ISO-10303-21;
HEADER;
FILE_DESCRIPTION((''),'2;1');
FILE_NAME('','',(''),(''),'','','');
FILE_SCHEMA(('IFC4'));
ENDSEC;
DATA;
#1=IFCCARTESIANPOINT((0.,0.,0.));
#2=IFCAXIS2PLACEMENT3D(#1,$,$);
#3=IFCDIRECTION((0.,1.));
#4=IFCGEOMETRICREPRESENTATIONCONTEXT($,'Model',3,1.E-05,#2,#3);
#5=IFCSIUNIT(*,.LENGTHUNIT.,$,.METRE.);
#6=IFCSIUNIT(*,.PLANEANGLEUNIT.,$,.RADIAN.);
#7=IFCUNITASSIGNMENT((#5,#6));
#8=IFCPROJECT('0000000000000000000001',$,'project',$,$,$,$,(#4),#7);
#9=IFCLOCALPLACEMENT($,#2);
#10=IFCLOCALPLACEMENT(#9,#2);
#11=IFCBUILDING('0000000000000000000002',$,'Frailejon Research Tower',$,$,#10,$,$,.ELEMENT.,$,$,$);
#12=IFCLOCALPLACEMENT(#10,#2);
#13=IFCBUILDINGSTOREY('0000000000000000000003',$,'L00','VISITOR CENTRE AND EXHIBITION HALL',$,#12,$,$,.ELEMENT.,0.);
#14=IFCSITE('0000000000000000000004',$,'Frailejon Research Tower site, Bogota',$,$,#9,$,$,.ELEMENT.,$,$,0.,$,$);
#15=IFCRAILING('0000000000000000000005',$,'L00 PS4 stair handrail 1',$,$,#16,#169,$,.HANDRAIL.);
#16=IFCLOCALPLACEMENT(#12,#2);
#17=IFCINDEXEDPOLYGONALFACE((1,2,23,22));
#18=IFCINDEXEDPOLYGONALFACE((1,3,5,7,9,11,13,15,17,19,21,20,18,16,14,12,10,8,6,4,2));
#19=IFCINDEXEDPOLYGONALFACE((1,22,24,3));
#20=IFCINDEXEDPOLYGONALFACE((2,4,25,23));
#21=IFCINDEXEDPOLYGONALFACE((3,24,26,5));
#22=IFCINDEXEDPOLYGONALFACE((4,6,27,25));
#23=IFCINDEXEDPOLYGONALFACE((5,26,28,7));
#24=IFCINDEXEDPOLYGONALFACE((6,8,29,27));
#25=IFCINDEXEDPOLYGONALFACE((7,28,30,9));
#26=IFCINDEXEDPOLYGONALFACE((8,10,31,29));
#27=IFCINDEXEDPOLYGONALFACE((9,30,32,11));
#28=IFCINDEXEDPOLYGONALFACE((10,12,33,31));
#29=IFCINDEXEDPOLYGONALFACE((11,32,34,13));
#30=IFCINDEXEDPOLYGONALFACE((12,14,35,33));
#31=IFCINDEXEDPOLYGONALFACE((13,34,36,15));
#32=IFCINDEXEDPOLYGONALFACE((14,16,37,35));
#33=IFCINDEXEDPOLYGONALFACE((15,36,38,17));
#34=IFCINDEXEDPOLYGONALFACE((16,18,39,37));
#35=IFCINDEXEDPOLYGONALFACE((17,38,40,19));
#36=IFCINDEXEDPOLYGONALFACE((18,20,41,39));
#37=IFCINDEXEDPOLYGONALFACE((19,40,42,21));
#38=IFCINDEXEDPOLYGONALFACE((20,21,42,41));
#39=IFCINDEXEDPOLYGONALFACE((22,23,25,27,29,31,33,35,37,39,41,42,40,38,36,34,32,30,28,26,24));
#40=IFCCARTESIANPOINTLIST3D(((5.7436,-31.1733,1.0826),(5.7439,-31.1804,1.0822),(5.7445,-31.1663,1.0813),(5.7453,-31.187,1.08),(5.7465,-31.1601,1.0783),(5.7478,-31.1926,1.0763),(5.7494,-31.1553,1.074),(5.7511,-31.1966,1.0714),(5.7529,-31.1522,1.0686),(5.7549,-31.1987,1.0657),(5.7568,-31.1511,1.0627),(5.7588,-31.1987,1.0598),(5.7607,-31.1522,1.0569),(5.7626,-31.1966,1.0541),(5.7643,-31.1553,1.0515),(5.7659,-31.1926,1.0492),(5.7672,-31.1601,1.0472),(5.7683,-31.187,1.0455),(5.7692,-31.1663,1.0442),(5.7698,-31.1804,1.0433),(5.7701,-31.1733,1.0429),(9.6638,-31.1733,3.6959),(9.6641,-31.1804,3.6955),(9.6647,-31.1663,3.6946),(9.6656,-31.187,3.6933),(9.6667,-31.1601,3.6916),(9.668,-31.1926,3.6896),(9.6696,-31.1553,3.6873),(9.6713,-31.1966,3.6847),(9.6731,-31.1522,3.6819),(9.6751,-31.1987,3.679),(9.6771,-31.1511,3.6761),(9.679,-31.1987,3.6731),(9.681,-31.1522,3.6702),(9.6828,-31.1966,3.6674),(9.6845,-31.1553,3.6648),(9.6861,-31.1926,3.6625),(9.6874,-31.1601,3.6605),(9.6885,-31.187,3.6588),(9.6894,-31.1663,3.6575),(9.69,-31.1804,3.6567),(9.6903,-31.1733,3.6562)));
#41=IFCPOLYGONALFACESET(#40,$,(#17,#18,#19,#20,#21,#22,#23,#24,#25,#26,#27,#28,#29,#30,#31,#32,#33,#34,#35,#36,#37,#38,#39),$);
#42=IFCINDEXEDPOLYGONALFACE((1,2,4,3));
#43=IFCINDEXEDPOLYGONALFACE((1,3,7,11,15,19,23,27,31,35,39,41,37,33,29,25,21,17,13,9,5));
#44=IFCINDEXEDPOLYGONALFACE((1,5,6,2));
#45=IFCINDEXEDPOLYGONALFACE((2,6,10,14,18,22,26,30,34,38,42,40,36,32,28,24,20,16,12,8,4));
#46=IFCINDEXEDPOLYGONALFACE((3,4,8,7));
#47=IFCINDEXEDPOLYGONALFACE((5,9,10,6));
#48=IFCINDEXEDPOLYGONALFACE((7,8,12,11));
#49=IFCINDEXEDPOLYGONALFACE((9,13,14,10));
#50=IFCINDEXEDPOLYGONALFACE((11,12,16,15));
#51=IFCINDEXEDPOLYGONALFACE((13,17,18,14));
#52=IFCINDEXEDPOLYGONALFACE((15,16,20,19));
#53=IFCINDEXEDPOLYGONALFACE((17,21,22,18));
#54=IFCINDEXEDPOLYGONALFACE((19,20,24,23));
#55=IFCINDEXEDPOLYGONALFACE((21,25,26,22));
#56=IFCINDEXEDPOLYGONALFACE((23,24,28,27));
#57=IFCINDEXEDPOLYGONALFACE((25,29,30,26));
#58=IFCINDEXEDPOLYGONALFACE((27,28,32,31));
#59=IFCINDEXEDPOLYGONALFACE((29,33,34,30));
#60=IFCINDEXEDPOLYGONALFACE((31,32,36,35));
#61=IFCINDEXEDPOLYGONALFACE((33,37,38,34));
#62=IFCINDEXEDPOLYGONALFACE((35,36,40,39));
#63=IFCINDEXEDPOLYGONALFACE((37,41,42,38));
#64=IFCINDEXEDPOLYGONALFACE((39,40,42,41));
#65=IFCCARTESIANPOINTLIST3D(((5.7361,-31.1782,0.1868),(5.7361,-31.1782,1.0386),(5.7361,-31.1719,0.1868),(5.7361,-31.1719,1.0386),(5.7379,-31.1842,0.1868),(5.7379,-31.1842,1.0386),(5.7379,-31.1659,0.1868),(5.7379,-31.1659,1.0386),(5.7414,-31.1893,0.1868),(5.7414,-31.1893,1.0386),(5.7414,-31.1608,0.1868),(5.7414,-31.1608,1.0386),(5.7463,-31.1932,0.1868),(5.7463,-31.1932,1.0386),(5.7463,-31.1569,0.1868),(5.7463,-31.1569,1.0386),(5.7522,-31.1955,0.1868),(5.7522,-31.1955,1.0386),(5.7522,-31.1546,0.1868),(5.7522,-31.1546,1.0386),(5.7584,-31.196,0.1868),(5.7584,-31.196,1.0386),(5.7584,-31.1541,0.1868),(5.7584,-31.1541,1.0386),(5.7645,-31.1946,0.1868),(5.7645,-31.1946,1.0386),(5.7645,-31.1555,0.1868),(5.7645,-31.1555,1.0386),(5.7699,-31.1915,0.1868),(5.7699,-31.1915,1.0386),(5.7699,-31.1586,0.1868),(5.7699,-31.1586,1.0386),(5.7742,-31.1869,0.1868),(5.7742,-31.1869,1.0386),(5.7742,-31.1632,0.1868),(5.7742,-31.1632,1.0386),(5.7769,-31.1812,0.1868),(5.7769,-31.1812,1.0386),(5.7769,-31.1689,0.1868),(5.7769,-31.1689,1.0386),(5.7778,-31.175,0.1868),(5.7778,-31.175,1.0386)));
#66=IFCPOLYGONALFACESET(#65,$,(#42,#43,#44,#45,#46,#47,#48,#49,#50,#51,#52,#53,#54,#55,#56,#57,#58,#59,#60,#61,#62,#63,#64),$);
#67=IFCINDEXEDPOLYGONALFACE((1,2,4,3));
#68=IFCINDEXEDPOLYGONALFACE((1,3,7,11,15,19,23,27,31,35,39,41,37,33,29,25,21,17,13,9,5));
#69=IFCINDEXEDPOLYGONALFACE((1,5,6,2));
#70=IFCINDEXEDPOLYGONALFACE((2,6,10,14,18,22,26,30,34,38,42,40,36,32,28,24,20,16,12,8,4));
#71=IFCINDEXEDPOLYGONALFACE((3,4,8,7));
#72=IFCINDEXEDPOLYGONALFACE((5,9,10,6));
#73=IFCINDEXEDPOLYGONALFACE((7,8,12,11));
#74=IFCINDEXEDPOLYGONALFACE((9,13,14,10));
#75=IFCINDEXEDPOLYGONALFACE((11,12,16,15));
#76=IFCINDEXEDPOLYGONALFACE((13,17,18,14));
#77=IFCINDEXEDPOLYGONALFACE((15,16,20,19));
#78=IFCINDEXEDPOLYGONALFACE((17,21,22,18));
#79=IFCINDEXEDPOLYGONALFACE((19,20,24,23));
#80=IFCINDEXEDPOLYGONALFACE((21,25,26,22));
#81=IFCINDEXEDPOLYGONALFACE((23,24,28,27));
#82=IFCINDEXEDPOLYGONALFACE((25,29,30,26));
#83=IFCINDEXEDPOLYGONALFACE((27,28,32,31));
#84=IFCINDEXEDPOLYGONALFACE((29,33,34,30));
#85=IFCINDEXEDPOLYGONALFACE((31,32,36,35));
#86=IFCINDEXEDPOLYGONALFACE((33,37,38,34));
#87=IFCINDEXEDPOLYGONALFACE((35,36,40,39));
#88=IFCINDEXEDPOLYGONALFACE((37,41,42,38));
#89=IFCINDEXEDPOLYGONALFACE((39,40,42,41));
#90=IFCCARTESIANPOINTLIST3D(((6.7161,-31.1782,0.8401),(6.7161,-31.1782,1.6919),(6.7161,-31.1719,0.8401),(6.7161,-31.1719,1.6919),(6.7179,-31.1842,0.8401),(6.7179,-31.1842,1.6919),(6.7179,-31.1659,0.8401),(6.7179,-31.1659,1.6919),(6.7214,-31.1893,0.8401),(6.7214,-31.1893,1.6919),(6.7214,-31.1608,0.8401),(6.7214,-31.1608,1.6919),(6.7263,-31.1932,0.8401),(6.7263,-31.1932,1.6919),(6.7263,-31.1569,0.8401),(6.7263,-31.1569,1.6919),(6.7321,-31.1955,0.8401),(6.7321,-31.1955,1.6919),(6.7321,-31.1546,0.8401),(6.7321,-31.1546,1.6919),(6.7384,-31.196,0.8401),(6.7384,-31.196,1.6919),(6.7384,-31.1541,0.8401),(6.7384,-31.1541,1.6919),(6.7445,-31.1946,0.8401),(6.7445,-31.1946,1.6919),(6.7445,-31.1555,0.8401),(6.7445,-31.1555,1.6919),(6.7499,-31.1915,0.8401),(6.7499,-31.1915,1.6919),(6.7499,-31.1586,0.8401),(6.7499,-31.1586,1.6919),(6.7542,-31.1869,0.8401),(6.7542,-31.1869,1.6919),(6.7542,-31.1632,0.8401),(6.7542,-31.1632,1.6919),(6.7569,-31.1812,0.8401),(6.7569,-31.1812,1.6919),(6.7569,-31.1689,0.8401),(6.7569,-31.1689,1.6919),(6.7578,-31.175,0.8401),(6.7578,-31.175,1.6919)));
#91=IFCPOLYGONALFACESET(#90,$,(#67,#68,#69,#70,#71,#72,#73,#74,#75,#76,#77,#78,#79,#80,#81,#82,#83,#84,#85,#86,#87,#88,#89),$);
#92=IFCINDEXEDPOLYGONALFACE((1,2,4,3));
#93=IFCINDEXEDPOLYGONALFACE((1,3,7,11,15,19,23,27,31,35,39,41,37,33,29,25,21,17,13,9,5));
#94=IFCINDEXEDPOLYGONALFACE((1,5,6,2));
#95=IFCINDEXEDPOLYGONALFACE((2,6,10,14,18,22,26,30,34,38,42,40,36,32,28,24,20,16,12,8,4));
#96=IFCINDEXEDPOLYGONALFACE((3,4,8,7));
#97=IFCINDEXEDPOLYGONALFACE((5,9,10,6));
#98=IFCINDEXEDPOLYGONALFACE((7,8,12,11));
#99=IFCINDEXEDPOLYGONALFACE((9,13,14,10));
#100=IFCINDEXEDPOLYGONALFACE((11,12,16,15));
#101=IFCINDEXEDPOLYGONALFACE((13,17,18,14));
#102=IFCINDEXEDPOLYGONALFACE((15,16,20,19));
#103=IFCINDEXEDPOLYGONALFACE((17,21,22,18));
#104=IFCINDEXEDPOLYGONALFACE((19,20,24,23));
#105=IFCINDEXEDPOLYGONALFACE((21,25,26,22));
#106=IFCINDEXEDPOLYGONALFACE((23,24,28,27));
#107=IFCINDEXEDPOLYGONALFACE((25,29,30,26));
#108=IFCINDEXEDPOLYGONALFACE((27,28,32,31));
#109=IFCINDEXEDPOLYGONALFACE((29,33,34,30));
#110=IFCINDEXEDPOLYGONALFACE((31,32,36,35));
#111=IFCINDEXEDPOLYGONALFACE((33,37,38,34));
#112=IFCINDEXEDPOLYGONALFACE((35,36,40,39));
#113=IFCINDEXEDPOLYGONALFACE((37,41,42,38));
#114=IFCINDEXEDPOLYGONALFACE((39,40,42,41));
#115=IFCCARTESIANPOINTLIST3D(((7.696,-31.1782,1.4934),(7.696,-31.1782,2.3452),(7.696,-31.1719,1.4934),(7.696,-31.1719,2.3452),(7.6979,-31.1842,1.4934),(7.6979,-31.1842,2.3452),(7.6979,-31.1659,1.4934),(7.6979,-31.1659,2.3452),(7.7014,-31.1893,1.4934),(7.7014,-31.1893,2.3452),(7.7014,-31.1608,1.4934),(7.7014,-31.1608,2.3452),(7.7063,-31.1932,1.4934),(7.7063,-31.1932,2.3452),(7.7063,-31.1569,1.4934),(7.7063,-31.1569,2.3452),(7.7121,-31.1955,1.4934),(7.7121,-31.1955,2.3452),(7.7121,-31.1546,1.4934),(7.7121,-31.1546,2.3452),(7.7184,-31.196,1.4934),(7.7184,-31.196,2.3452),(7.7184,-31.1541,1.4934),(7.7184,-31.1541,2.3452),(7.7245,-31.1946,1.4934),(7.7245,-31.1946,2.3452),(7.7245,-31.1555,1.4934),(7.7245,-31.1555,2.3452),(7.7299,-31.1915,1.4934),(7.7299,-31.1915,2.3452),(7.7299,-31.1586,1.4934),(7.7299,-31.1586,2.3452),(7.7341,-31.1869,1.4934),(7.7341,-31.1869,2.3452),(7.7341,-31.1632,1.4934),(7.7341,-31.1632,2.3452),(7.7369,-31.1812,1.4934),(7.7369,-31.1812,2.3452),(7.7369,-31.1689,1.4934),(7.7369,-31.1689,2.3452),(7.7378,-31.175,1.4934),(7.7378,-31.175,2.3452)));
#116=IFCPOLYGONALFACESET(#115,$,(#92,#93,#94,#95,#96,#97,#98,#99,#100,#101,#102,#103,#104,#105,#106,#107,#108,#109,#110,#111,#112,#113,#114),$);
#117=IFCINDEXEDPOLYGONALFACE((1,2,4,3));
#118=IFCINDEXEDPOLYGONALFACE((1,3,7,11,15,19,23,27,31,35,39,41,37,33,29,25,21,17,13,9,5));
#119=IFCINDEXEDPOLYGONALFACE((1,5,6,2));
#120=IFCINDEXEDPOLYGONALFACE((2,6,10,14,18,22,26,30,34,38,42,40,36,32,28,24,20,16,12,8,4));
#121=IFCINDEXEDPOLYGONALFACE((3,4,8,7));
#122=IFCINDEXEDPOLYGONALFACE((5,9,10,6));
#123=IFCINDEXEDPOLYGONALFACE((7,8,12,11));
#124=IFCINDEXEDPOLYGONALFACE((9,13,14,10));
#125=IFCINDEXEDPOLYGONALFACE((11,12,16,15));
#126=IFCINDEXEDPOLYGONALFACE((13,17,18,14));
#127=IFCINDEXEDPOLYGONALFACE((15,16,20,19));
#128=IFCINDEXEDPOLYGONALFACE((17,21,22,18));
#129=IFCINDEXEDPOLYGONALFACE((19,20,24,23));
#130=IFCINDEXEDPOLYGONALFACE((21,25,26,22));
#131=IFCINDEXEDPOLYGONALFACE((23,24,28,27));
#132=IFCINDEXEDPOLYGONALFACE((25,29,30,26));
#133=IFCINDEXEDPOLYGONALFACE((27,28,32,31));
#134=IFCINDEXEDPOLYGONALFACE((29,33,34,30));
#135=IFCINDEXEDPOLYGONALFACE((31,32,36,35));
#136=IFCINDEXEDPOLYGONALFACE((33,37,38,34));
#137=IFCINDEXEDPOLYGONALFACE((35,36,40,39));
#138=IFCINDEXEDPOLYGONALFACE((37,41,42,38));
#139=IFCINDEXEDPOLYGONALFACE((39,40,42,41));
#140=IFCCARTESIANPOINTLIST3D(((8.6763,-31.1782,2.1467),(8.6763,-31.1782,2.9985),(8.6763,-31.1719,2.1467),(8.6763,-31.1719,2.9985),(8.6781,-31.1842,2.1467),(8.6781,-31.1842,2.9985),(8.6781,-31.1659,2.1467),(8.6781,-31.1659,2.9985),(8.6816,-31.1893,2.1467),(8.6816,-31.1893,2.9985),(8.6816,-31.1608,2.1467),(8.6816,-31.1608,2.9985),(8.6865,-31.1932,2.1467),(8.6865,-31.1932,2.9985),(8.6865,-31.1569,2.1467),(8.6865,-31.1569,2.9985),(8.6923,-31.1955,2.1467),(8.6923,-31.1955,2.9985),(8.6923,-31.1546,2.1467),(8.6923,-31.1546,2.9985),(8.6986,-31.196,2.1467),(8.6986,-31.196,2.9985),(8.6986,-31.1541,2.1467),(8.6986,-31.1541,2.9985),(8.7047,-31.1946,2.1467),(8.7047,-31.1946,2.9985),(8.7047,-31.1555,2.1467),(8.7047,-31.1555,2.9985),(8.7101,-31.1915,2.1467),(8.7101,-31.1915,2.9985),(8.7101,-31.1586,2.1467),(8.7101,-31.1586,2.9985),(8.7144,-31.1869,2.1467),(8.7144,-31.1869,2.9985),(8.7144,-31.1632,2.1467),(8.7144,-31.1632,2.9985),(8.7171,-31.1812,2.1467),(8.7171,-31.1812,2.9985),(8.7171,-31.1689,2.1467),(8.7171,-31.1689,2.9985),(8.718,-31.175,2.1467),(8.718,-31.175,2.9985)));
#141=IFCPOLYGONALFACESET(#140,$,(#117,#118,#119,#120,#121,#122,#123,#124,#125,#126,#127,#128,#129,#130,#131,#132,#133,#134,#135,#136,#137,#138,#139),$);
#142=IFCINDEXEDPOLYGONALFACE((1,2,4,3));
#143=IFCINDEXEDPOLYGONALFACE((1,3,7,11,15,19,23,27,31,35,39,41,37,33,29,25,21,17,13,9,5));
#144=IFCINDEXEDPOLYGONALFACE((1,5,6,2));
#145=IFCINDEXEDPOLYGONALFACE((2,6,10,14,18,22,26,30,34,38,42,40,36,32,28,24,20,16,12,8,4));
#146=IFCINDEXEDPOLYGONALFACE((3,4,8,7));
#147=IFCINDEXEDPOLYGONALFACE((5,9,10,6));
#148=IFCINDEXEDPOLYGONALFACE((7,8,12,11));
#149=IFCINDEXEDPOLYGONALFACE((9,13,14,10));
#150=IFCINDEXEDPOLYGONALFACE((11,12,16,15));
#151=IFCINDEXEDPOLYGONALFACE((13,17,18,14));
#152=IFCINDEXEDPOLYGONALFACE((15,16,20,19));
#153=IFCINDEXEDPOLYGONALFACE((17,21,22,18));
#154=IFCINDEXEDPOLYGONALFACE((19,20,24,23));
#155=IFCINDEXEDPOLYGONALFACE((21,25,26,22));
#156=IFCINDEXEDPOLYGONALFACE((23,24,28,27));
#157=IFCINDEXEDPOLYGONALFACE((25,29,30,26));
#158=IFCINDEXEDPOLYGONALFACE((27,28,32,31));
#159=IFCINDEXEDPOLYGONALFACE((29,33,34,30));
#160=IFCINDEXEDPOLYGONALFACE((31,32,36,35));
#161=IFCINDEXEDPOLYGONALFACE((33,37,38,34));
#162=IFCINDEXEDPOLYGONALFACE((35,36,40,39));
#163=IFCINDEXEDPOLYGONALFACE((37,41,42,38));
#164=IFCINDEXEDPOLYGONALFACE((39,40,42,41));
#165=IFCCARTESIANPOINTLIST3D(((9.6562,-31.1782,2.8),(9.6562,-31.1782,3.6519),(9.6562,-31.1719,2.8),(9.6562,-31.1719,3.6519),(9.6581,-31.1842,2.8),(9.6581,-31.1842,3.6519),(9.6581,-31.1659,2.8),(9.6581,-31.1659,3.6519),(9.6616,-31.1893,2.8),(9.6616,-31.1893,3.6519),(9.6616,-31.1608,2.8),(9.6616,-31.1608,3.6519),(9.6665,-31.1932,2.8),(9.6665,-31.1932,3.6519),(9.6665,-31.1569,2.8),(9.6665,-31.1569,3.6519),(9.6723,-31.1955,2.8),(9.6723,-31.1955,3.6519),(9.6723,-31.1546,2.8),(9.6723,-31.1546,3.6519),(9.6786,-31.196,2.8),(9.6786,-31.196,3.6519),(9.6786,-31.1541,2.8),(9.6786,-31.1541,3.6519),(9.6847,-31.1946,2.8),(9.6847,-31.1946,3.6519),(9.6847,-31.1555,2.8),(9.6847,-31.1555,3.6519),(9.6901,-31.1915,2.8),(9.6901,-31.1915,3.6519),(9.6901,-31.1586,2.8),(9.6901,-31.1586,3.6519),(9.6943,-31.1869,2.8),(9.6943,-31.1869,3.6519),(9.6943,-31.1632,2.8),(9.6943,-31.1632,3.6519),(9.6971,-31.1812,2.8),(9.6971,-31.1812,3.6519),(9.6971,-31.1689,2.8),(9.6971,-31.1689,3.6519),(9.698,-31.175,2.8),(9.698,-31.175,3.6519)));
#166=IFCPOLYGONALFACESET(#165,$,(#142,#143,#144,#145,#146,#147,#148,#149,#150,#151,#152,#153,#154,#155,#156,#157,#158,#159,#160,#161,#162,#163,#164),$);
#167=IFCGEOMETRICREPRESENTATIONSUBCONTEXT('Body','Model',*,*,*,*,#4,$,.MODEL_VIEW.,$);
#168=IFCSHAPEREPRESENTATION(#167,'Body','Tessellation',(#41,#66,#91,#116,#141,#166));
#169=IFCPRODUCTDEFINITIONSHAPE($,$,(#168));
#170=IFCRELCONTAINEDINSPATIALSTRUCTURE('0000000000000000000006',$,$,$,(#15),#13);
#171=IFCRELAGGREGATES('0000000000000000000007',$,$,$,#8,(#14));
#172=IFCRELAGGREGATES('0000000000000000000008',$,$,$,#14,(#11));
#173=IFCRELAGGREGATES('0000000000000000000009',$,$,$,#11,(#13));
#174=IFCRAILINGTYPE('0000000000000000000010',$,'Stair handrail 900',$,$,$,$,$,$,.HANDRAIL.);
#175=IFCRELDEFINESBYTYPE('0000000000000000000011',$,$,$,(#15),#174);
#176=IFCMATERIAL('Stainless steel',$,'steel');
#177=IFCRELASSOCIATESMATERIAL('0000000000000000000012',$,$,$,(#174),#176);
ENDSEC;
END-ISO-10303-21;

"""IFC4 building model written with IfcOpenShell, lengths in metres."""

from ifc_helpers import new_model, si_unit, direction, frame, origin, origin_2d, place, context, subcontext, project, spatial, circle, extrude, material, type_object, element, save


model = new_model("IFC4")

# Units and contexts
model_context = context("Model", 3, precision=1e-05, world=origin(), true_north=direction((0.0, 1.0)))
body_context = subcontext(model_context, "Body", "Model", "MODEL_VIEW")
ifc_project = project(units=[si_unit("LENGTHUNIT", "METRE"), si_unit("PLANEANGLEUNIT", "RADIAN")], contexts=[model_context])

# Site, building, storey
site_placement = place(None, origin())
site = spatial("IfcSite", under=ifc_project, at=site_placement, Name="Frailejon Research Tower site, Bogota", CompositionType="ELEMENT", RefElevation=0.0)
building_placement = place(site_placement, origin())
building = spatial("IfcBuilding", under=site, at=building_placement, Name="Frailejon Research Tower", CompositionType="ELEMENT")
storey_placement = place(building_placement, origin())
storey = spatial("IfcBuildingStorey", under=building, at=storey_placement, Name="L00", Description="VISITOR CENTRE AND EXHIBITION HALL", CompositionType="ELEMENT", Elevation=0.0)

# Railing
ifc_material_1 = material(Name="Stainless steel", Category="steel")
railing_type = type_object("IfcRailingType", Name="Stair handrail 900", PredefinedType="HANDRAIL", material=ifc_material_1)
railing_placement = place(storey_placement, frame((5.7568, -31.175, 0.1868)))
element("IfcRailing", 1, at=railing_placement, inside=storey, type_object=railing_type, Name="L00 PS4 stair handrail 1", PredefinedType="HANDRAIL", context=body_context, shape_type="SweptSolid", body=[
    extrude(circle(Radius=0.0239, at=origin_2d()), frame((0.0, 0.0, 0.876), z_axis=(0.832066, 0.0, 0.554676), x_axis=(0.0, 1.0, 0.0)), (0.0, 0.0, 1.0), 4.7114),
    extrude(circle(Radius=0.021, at=origin_2d()), origin(), (0.0, 0.0, 1.0), 0.8518),
    extrude(circle(Radius=0.021, at=origin_2d()), frame((0.98, 0.0, 0.6533)), (0.0, 0.0, 1.0), 0.8518),
    extrude(circle(Radius=0.021, at=origin_2d()), frame((1.96, 0.0, 1.3066)), (0.0, 0.0, 1.0), 0.8518),
    extrude(circle(Radius=0.021, at=origin_2d()), frame((2.9402, 0.0, 1.96)), (0.0, 0.0, 1.0), 0.8518),
    extrude(circle(Radius=0.021, at=origin_2d()), frame((3.9202, 0.0, 2.6133)), (0.0, 0.0, 1.0), 0.8518),
])

save(model, "model.ifc")
